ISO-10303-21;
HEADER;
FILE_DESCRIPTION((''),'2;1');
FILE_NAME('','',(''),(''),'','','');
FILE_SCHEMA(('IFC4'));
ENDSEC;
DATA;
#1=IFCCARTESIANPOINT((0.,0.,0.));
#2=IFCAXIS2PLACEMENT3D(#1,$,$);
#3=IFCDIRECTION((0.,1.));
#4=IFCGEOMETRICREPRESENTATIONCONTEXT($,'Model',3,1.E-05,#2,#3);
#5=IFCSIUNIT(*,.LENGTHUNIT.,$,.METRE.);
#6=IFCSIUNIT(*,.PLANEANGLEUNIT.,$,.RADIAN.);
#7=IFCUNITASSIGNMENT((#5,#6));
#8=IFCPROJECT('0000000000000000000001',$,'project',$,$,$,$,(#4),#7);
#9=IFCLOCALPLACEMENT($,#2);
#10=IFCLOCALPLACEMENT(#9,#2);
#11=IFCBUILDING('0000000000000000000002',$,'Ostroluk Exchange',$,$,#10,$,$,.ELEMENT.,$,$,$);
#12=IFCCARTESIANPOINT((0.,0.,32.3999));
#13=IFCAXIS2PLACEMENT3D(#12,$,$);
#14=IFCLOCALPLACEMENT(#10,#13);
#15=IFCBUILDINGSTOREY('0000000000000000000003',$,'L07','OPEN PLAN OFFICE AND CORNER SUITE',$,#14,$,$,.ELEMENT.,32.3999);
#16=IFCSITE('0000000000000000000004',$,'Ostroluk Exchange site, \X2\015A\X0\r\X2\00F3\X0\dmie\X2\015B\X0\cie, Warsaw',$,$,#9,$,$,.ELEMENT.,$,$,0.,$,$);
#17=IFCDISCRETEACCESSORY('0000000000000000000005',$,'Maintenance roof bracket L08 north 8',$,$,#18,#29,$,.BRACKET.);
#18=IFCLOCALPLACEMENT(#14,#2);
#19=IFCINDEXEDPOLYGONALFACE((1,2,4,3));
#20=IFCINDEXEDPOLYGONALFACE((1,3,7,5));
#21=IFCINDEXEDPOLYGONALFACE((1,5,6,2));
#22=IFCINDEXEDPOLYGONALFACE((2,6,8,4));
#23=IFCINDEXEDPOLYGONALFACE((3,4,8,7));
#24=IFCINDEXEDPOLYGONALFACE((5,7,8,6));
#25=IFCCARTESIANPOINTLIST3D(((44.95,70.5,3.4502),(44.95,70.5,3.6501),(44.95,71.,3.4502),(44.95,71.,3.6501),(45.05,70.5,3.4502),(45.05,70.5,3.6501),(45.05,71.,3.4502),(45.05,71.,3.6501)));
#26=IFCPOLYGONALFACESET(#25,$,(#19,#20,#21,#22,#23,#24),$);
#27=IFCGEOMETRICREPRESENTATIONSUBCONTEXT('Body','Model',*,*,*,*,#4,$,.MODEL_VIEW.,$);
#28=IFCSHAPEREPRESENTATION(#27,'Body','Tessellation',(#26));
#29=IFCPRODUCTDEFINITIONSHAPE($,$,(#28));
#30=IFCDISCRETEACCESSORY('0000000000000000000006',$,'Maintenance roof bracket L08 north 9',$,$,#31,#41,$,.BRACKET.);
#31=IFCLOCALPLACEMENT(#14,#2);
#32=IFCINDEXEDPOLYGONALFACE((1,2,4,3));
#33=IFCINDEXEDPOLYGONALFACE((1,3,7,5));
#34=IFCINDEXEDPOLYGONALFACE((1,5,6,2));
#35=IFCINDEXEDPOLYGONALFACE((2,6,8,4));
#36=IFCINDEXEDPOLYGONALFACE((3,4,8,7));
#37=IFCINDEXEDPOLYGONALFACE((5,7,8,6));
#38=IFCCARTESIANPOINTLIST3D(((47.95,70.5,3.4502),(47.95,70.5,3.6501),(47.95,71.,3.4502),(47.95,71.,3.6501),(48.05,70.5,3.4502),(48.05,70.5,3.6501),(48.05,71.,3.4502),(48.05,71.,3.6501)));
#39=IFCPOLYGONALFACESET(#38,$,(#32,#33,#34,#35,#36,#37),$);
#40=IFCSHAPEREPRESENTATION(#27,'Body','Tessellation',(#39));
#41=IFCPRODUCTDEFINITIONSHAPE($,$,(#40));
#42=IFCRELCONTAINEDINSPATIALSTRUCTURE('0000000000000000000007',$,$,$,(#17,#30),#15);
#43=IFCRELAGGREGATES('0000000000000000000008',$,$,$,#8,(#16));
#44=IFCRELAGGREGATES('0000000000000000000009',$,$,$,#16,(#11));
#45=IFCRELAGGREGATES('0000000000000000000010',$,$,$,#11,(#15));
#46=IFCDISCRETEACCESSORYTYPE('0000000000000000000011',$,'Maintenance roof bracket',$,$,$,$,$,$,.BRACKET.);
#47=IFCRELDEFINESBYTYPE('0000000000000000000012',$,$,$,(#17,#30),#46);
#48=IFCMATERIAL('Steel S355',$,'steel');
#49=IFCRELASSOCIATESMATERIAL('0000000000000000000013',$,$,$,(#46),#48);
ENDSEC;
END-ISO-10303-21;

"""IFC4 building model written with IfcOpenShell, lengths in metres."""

from ifc_helpers import new_model, si_unit, direction, frame, origin, origin_2d, place, context, subcontext, project, spatial, rectangle, extrude, material, type_object, element, save


model = new_model("IFC4")

# Units and contexts
model_context = context("Model", 3, precision=1e-05, world=origin(), true_north=direction((0.0, 1.0)))
body_context = subcontext(model_context, "Body", "Model", "MODEL_VIEW")
ifc_project = project(units=[si_unit("LENGTHUNIT", "METRE"), si_unit("PLANEANGLEUNIT", "RADIAN")], contexts=[model_context])

# Site, building, storey
site_placement = place(None, origin())
site = spatial("IfcSite", under=ifc_project, at=site_placement, Name="Ostroluk Exchange site, Śródmieście, Warsaw", CompositionType="ELEMENT", RefElevation=0.0)
building_placement = place(site_placement, origin())
building = spatial("IfcBuilding", under=site, at=building_placement, Name="Ostroluk Exchange", CompositionType="ELEMENT")
storey_placement = place(building_placement, frame((0.0, 0.0, 32.3999)))
storey = spatial("IfcBuildingStorey", under=building, at=storey_placement, Name="L07", Description="OPEN PLAN OFFICE AND CORNER SUITE", CompositionType="ELEMENT", Elevation=32.3999)

# Discrete accessories
ifc_material_1 = material(Name="Steel S355", Category="steel")
discrete_accessory_type = type_object("IfcDiscreteAccessoryType", Name="Maintenance roof bracket", PredefinedType="BRACKET", material=ifc_material_1)
for number, where, z_axis, x_axis, name in (
    (1, (45.0, 70.75, 3.4502), (0.0, 0.0, 1.0), (1.0, 0.0, 0.0), "Maintenance roof bracket L08 north 8"),
    (2, (48.0, 70.75, 3.4502), (0.0, 0.0, 1.0), (1.0, 0.0, 0.0), "Maintenance roof bracket L08 north 9"),
):
    element("IfcDiscreteAccessory", number, at=place(storey_placement, frame(where, z_axis=z_axis, x_axis=x_axis)), inside=storey, type_object=discrete_accessory_type, Name=name, PredefinedType="BRACKET", context=body_context, shape_type="SweptSolid", body=[
        extrude(rectangle(XDim=0.1001, YDim=0.5, at=origin_2d()), origin(), (0.0, 0.0, 1.0), 0.2),
    ])

save(model, "model.ifc")
